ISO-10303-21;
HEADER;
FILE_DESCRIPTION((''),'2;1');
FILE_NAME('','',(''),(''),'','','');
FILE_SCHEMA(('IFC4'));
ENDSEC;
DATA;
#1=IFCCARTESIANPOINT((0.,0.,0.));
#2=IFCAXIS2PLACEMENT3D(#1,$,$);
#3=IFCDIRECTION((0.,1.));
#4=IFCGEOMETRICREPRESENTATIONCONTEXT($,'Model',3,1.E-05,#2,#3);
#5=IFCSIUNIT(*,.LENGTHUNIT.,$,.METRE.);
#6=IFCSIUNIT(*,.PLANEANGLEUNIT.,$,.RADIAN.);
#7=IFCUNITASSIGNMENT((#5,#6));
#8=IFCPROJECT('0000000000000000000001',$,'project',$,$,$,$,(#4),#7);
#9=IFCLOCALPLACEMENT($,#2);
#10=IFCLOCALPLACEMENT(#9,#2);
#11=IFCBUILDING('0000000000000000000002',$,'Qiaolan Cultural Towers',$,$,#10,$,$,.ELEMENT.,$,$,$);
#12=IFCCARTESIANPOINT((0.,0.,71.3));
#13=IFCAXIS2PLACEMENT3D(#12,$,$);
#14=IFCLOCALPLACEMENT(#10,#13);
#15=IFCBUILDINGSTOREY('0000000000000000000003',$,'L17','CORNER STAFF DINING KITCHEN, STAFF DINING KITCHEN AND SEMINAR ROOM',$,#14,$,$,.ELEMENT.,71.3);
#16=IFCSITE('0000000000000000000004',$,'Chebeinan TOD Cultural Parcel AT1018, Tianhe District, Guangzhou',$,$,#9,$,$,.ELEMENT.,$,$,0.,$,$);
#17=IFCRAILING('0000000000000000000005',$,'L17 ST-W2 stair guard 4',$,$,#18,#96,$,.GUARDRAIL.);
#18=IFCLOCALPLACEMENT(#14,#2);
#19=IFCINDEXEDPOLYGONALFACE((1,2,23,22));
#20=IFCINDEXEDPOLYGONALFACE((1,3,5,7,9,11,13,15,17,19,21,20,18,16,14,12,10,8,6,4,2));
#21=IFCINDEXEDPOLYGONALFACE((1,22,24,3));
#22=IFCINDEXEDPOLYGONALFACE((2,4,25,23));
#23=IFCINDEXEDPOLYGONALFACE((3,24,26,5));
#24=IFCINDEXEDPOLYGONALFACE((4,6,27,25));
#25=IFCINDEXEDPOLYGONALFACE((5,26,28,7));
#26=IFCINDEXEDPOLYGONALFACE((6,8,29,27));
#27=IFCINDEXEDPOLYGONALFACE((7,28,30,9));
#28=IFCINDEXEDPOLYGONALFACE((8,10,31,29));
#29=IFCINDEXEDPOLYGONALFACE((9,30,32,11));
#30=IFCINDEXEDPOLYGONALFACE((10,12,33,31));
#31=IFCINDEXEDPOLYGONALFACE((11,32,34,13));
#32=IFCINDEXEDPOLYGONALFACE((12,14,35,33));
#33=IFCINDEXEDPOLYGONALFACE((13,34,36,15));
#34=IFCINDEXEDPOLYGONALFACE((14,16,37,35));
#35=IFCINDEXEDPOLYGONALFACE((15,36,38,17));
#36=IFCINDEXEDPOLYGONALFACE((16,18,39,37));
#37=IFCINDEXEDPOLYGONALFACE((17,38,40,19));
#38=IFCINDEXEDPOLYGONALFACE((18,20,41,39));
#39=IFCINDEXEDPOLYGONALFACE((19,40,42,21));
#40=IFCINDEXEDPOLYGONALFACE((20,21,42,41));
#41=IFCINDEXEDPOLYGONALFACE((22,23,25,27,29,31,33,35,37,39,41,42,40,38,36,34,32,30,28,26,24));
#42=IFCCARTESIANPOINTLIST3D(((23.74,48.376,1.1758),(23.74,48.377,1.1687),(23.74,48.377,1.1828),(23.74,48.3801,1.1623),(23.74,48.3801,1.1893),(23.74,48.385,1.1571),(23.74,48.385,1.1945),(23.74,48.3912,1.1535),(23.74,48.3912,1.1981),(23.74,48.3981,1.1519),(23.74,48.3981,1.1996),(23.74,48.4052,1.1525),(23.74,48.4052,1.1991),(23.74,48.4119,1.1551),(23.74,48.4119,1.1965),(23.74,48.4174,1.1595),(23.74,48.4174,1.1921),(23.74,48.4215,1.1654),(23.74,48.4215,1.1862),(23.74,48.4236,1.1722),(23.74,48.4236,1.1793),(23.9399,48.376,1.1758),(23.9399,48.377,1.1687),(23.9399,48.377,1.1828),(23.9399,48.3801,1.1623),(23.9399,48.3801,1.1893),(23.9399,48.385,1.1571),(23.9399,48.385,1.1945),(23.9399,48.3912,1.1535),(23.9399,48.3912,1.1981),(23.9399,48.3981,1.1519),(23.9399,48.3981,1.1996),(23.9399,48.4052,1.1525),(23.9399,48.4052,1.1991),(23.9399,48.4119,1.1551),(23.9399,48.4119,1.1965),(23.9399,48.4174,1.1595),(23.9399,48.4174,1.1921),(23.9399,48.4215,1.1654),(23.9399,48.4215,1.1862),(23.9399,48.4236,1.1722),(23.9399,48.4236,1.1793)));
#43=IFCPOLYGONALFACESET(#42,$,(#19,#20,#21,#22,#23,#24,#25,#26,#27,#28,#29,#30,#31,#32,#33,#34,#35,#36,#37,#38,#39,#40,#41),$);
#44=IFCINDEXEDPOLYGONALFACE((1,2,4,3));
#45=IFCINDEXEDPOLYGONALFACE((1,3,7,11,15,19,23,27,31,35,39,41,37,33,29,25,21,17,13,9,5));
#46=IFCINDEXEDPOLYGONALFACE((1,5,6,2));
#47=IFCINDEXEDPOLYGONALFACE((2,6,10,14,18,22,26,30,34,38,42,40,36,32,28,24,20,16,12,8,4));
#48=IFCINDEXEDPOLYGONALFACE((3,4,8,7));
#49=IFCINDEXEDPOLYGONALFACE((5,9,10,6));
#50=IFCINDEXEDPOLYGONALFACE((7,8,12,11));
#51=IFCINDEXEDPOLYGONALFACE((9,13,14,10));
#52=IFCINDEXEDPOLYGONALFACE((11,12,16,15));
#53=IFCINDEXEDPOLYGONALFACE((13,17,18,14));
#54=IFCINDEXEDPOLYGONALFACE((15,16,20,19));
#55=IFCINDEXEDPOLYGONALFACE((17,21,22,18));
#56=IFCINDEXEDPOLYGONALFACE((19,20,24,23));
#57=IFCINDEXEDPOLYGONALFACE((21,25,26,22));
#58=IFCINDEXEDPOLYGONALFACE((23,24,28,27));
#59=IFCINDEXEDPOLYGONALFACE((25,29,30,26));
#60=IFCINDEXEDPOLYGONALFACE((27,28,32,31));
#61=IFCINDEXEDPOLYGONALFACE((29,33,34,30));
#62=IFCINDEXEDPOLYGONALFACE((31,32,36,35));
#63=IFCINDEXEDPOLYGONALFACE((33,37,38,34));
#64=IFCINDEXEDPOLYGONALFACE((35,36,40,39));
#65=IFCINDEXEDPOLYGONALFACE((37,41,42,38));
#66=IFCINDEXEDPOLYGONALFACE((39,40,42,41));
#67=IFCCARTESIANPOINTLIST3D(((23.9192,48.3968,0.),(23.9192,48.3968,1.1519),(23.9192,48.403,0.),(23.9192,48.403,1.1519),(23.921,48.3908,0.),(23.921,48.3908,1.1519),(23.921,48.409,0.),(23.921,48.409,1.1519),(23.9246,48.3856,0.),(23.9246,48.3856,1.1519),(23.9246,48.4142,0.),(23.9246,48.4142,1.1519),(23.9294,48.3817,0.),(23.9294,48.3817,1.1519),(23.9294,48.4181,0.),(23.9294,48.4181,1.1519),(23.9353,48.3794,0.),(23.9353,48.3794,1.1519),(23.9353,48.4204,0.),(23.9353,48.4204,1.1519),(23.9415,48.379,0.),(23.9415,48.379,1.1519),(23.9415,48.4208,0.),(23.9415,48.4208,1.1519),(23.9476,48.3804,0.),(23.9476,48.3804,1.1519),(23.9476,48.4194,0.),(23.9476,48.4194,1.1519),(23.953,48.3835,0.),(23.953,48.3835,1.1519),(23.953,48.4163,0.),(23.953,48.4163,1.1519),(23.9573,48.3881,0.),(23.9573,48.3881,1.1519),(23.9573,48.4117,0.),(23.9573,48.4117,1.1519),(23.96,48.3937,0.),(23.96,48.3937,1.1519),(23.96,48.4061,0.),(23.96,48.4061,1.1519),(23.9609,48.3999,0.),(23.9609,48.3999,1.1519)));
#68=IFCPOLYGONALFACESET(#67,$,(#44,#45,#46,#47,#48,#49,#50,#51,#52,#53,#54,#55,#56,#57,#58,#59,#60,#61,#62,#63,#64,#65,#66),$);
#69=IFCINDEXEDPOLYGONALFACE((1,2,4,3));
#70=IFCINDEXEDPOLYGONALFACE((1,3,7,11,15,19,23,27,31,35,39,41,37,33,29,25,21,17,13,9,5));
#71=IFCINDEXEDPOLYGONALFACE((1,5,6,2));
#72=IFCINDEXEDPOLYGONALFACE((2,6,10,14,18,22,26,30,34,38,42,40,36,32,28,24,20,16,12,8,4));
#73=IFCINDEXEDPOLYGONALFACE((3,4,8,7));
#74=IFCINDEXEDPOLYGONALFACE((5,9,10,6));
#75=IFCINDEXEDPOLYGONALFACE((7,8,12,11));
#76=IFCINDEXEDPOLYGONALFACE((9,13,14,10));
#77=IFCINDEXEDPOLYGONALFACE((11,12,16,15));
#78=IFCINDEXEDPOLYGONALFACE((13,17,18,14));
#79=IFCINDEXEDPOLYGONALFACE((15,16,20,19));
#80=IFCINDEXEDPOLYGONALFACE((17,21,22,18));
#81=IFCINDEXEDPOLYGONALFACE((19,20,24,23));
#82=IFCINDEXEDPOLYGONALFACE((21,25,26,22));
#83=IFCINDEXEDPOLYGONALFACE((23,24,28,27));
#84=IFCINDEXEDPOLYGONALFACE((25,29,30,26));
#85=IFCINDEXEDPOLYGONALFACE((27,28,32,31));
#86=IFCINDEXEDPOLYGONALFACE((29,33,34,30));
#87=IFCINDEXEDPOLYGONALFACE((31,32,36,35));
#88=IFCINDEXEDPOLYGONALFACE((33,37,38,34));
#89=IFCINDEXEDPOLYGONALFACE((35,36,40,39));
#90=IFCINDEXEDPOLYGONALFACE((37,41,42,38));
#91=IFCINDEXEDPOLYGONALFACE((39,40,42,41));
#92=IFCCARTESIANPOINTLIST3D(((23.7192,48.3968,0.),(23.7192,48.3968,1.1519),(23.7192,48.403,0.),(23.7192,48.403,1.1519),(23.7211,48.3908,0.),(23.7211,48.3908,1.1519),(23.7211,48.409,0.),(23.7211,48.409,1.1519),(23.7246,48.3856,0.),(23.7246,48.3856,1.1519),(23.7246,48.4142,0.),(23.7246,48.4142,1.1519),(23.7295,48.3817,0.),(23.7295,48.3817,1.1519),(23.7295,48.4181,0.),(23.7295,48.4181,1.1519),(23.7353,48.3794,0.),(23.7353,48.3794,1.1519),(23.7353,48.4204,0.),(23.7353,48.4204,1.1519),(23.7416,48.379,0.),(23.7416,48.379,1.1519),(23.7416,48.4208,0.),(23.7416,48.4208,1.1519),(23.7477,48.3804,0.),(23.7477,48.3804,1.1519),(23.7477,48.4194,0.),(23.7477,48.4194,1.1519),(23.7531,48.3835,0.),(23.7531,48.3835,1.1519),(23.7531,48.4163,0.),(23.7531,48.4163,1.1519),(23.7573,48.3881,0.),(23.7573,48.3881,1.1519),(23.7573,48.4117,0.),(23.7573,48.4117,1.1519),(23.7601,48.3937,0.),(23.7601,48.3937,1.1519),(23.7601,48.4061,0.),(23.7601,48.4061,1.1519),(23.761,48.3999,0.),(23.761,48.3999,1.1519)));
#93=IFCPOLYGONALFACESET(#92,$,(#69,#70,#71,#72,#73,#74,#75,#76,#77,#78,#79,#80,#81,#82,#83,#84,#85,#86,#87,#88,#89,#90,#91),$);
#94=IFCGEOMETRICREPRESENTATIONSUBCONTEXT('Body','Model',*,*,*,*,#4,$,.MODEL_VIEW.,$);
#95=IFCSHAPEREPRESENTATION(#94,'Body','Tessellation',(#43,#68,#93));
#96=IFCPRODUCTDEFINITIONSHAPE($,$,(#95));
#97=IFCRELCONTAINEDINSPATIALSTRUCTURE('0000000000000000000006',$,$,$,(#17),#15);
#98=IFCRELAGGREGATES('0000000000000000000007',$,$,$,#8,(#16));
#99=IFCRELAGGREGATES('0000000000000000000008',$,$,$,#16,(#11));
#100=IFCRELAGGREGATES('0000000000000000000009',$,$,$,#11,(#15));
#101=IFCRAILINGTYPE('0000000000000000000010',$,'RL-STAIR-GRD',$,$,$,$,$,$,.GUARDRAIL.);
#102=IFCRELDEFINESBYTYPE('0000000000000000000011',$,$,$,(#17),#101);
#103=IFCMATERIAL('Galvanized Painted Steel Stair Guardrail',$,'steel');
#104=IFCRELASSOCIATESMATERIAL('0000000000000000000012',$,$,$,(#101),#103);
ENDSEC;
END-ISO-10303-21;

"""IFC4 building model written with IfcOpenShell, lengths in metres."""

from ifc_helpers import new_model, si_unit, direction, frame, origin, origin_2d, place, context, subcontext, project, spatial, circle, extrude, material, type_object, element, save


model = new_model("IFC4")

# Units and contexts
model_context = context("Model", 3, precision=1e-05, world=origin(), true_north=direction((0.0, 1.0)))
body_context = subcontext(model_context, "Body", "Model", "MODEL_VIEW")
ifc_project = project(units=[si_unit("LENGTHUNIT", "METRE"), si_unit("PLANEANGLEUNIT", "RADIAN")], contexts=[model_context])

# Site, building, storey
site_placement = place(None, origin())
site = spatial("IfcSite", under=ifc_project, at=site_placement, Name="Chebeinan TOD Cultural Parcel AT1018, Tianhe District, Guangzhou", CompositionType="ELEMENT", RefElevation=0.0)
building_placement = place(site_placement, origin())
building = spatial("IfcBuilding", under=site, at=building_placement, Name="Qiaolan Cultural Towers", CompositionType="ELEMENT")
storey_placement = place(building_placement, frame((0.0, 0.0, 71.3)))
storey = spatial("IfcBuildingStorey", under=building, at=storey_placement, Name="L17", Description="CORNER STAFF DINING KITCHEN, STAFF DINING KITCHEN AND SEMINAR ROOM", CompositionType="ELEMENT", Elevation=71.3)

# Railing
ifc_material_1 = material(Name="Galvanized Painted Steel Stair Guardrail", Category="steel")
railing_type_1 = type_object("IfcRailingType", Name="RL-STAIR-GRD", PredefinedType="GUARDRAIL", material=ifc_material_1)
railing_1_placement = place(storey_placement, frame((23.9399, 48.3999, 0.0)))
element("IfcRailing", 1, at=railing_1_placement, inside=storey, type_object=railing_type_1, Name="L17 ST-W2 stair guard 4", PredefinedType="GUARDRAIL", context=body_context, shape_type="SweptSolid", body=[
    extrude(circle(Radius=0.0239, at=origin_2d()), frame((0.0, 0.0, 1.1758), z_axis=(-1.0, 0.0, 0.0), x_axis=(0.0, -1.0, 0.0)), (0.0, 0.0, 1.0), 0.2),
    extrude(circle(Radius=0.021, at=origin_2d()), origin(), (0.0, 0.0, 1.0), 1.1519),
    extrude(circle(Radius=0.021, at=origin_2d()), frame((-0.2, 0.0, 0.0)), (0.0, 0.0, 1.0), 1.1519),
])

save(model, "model.ifc")
